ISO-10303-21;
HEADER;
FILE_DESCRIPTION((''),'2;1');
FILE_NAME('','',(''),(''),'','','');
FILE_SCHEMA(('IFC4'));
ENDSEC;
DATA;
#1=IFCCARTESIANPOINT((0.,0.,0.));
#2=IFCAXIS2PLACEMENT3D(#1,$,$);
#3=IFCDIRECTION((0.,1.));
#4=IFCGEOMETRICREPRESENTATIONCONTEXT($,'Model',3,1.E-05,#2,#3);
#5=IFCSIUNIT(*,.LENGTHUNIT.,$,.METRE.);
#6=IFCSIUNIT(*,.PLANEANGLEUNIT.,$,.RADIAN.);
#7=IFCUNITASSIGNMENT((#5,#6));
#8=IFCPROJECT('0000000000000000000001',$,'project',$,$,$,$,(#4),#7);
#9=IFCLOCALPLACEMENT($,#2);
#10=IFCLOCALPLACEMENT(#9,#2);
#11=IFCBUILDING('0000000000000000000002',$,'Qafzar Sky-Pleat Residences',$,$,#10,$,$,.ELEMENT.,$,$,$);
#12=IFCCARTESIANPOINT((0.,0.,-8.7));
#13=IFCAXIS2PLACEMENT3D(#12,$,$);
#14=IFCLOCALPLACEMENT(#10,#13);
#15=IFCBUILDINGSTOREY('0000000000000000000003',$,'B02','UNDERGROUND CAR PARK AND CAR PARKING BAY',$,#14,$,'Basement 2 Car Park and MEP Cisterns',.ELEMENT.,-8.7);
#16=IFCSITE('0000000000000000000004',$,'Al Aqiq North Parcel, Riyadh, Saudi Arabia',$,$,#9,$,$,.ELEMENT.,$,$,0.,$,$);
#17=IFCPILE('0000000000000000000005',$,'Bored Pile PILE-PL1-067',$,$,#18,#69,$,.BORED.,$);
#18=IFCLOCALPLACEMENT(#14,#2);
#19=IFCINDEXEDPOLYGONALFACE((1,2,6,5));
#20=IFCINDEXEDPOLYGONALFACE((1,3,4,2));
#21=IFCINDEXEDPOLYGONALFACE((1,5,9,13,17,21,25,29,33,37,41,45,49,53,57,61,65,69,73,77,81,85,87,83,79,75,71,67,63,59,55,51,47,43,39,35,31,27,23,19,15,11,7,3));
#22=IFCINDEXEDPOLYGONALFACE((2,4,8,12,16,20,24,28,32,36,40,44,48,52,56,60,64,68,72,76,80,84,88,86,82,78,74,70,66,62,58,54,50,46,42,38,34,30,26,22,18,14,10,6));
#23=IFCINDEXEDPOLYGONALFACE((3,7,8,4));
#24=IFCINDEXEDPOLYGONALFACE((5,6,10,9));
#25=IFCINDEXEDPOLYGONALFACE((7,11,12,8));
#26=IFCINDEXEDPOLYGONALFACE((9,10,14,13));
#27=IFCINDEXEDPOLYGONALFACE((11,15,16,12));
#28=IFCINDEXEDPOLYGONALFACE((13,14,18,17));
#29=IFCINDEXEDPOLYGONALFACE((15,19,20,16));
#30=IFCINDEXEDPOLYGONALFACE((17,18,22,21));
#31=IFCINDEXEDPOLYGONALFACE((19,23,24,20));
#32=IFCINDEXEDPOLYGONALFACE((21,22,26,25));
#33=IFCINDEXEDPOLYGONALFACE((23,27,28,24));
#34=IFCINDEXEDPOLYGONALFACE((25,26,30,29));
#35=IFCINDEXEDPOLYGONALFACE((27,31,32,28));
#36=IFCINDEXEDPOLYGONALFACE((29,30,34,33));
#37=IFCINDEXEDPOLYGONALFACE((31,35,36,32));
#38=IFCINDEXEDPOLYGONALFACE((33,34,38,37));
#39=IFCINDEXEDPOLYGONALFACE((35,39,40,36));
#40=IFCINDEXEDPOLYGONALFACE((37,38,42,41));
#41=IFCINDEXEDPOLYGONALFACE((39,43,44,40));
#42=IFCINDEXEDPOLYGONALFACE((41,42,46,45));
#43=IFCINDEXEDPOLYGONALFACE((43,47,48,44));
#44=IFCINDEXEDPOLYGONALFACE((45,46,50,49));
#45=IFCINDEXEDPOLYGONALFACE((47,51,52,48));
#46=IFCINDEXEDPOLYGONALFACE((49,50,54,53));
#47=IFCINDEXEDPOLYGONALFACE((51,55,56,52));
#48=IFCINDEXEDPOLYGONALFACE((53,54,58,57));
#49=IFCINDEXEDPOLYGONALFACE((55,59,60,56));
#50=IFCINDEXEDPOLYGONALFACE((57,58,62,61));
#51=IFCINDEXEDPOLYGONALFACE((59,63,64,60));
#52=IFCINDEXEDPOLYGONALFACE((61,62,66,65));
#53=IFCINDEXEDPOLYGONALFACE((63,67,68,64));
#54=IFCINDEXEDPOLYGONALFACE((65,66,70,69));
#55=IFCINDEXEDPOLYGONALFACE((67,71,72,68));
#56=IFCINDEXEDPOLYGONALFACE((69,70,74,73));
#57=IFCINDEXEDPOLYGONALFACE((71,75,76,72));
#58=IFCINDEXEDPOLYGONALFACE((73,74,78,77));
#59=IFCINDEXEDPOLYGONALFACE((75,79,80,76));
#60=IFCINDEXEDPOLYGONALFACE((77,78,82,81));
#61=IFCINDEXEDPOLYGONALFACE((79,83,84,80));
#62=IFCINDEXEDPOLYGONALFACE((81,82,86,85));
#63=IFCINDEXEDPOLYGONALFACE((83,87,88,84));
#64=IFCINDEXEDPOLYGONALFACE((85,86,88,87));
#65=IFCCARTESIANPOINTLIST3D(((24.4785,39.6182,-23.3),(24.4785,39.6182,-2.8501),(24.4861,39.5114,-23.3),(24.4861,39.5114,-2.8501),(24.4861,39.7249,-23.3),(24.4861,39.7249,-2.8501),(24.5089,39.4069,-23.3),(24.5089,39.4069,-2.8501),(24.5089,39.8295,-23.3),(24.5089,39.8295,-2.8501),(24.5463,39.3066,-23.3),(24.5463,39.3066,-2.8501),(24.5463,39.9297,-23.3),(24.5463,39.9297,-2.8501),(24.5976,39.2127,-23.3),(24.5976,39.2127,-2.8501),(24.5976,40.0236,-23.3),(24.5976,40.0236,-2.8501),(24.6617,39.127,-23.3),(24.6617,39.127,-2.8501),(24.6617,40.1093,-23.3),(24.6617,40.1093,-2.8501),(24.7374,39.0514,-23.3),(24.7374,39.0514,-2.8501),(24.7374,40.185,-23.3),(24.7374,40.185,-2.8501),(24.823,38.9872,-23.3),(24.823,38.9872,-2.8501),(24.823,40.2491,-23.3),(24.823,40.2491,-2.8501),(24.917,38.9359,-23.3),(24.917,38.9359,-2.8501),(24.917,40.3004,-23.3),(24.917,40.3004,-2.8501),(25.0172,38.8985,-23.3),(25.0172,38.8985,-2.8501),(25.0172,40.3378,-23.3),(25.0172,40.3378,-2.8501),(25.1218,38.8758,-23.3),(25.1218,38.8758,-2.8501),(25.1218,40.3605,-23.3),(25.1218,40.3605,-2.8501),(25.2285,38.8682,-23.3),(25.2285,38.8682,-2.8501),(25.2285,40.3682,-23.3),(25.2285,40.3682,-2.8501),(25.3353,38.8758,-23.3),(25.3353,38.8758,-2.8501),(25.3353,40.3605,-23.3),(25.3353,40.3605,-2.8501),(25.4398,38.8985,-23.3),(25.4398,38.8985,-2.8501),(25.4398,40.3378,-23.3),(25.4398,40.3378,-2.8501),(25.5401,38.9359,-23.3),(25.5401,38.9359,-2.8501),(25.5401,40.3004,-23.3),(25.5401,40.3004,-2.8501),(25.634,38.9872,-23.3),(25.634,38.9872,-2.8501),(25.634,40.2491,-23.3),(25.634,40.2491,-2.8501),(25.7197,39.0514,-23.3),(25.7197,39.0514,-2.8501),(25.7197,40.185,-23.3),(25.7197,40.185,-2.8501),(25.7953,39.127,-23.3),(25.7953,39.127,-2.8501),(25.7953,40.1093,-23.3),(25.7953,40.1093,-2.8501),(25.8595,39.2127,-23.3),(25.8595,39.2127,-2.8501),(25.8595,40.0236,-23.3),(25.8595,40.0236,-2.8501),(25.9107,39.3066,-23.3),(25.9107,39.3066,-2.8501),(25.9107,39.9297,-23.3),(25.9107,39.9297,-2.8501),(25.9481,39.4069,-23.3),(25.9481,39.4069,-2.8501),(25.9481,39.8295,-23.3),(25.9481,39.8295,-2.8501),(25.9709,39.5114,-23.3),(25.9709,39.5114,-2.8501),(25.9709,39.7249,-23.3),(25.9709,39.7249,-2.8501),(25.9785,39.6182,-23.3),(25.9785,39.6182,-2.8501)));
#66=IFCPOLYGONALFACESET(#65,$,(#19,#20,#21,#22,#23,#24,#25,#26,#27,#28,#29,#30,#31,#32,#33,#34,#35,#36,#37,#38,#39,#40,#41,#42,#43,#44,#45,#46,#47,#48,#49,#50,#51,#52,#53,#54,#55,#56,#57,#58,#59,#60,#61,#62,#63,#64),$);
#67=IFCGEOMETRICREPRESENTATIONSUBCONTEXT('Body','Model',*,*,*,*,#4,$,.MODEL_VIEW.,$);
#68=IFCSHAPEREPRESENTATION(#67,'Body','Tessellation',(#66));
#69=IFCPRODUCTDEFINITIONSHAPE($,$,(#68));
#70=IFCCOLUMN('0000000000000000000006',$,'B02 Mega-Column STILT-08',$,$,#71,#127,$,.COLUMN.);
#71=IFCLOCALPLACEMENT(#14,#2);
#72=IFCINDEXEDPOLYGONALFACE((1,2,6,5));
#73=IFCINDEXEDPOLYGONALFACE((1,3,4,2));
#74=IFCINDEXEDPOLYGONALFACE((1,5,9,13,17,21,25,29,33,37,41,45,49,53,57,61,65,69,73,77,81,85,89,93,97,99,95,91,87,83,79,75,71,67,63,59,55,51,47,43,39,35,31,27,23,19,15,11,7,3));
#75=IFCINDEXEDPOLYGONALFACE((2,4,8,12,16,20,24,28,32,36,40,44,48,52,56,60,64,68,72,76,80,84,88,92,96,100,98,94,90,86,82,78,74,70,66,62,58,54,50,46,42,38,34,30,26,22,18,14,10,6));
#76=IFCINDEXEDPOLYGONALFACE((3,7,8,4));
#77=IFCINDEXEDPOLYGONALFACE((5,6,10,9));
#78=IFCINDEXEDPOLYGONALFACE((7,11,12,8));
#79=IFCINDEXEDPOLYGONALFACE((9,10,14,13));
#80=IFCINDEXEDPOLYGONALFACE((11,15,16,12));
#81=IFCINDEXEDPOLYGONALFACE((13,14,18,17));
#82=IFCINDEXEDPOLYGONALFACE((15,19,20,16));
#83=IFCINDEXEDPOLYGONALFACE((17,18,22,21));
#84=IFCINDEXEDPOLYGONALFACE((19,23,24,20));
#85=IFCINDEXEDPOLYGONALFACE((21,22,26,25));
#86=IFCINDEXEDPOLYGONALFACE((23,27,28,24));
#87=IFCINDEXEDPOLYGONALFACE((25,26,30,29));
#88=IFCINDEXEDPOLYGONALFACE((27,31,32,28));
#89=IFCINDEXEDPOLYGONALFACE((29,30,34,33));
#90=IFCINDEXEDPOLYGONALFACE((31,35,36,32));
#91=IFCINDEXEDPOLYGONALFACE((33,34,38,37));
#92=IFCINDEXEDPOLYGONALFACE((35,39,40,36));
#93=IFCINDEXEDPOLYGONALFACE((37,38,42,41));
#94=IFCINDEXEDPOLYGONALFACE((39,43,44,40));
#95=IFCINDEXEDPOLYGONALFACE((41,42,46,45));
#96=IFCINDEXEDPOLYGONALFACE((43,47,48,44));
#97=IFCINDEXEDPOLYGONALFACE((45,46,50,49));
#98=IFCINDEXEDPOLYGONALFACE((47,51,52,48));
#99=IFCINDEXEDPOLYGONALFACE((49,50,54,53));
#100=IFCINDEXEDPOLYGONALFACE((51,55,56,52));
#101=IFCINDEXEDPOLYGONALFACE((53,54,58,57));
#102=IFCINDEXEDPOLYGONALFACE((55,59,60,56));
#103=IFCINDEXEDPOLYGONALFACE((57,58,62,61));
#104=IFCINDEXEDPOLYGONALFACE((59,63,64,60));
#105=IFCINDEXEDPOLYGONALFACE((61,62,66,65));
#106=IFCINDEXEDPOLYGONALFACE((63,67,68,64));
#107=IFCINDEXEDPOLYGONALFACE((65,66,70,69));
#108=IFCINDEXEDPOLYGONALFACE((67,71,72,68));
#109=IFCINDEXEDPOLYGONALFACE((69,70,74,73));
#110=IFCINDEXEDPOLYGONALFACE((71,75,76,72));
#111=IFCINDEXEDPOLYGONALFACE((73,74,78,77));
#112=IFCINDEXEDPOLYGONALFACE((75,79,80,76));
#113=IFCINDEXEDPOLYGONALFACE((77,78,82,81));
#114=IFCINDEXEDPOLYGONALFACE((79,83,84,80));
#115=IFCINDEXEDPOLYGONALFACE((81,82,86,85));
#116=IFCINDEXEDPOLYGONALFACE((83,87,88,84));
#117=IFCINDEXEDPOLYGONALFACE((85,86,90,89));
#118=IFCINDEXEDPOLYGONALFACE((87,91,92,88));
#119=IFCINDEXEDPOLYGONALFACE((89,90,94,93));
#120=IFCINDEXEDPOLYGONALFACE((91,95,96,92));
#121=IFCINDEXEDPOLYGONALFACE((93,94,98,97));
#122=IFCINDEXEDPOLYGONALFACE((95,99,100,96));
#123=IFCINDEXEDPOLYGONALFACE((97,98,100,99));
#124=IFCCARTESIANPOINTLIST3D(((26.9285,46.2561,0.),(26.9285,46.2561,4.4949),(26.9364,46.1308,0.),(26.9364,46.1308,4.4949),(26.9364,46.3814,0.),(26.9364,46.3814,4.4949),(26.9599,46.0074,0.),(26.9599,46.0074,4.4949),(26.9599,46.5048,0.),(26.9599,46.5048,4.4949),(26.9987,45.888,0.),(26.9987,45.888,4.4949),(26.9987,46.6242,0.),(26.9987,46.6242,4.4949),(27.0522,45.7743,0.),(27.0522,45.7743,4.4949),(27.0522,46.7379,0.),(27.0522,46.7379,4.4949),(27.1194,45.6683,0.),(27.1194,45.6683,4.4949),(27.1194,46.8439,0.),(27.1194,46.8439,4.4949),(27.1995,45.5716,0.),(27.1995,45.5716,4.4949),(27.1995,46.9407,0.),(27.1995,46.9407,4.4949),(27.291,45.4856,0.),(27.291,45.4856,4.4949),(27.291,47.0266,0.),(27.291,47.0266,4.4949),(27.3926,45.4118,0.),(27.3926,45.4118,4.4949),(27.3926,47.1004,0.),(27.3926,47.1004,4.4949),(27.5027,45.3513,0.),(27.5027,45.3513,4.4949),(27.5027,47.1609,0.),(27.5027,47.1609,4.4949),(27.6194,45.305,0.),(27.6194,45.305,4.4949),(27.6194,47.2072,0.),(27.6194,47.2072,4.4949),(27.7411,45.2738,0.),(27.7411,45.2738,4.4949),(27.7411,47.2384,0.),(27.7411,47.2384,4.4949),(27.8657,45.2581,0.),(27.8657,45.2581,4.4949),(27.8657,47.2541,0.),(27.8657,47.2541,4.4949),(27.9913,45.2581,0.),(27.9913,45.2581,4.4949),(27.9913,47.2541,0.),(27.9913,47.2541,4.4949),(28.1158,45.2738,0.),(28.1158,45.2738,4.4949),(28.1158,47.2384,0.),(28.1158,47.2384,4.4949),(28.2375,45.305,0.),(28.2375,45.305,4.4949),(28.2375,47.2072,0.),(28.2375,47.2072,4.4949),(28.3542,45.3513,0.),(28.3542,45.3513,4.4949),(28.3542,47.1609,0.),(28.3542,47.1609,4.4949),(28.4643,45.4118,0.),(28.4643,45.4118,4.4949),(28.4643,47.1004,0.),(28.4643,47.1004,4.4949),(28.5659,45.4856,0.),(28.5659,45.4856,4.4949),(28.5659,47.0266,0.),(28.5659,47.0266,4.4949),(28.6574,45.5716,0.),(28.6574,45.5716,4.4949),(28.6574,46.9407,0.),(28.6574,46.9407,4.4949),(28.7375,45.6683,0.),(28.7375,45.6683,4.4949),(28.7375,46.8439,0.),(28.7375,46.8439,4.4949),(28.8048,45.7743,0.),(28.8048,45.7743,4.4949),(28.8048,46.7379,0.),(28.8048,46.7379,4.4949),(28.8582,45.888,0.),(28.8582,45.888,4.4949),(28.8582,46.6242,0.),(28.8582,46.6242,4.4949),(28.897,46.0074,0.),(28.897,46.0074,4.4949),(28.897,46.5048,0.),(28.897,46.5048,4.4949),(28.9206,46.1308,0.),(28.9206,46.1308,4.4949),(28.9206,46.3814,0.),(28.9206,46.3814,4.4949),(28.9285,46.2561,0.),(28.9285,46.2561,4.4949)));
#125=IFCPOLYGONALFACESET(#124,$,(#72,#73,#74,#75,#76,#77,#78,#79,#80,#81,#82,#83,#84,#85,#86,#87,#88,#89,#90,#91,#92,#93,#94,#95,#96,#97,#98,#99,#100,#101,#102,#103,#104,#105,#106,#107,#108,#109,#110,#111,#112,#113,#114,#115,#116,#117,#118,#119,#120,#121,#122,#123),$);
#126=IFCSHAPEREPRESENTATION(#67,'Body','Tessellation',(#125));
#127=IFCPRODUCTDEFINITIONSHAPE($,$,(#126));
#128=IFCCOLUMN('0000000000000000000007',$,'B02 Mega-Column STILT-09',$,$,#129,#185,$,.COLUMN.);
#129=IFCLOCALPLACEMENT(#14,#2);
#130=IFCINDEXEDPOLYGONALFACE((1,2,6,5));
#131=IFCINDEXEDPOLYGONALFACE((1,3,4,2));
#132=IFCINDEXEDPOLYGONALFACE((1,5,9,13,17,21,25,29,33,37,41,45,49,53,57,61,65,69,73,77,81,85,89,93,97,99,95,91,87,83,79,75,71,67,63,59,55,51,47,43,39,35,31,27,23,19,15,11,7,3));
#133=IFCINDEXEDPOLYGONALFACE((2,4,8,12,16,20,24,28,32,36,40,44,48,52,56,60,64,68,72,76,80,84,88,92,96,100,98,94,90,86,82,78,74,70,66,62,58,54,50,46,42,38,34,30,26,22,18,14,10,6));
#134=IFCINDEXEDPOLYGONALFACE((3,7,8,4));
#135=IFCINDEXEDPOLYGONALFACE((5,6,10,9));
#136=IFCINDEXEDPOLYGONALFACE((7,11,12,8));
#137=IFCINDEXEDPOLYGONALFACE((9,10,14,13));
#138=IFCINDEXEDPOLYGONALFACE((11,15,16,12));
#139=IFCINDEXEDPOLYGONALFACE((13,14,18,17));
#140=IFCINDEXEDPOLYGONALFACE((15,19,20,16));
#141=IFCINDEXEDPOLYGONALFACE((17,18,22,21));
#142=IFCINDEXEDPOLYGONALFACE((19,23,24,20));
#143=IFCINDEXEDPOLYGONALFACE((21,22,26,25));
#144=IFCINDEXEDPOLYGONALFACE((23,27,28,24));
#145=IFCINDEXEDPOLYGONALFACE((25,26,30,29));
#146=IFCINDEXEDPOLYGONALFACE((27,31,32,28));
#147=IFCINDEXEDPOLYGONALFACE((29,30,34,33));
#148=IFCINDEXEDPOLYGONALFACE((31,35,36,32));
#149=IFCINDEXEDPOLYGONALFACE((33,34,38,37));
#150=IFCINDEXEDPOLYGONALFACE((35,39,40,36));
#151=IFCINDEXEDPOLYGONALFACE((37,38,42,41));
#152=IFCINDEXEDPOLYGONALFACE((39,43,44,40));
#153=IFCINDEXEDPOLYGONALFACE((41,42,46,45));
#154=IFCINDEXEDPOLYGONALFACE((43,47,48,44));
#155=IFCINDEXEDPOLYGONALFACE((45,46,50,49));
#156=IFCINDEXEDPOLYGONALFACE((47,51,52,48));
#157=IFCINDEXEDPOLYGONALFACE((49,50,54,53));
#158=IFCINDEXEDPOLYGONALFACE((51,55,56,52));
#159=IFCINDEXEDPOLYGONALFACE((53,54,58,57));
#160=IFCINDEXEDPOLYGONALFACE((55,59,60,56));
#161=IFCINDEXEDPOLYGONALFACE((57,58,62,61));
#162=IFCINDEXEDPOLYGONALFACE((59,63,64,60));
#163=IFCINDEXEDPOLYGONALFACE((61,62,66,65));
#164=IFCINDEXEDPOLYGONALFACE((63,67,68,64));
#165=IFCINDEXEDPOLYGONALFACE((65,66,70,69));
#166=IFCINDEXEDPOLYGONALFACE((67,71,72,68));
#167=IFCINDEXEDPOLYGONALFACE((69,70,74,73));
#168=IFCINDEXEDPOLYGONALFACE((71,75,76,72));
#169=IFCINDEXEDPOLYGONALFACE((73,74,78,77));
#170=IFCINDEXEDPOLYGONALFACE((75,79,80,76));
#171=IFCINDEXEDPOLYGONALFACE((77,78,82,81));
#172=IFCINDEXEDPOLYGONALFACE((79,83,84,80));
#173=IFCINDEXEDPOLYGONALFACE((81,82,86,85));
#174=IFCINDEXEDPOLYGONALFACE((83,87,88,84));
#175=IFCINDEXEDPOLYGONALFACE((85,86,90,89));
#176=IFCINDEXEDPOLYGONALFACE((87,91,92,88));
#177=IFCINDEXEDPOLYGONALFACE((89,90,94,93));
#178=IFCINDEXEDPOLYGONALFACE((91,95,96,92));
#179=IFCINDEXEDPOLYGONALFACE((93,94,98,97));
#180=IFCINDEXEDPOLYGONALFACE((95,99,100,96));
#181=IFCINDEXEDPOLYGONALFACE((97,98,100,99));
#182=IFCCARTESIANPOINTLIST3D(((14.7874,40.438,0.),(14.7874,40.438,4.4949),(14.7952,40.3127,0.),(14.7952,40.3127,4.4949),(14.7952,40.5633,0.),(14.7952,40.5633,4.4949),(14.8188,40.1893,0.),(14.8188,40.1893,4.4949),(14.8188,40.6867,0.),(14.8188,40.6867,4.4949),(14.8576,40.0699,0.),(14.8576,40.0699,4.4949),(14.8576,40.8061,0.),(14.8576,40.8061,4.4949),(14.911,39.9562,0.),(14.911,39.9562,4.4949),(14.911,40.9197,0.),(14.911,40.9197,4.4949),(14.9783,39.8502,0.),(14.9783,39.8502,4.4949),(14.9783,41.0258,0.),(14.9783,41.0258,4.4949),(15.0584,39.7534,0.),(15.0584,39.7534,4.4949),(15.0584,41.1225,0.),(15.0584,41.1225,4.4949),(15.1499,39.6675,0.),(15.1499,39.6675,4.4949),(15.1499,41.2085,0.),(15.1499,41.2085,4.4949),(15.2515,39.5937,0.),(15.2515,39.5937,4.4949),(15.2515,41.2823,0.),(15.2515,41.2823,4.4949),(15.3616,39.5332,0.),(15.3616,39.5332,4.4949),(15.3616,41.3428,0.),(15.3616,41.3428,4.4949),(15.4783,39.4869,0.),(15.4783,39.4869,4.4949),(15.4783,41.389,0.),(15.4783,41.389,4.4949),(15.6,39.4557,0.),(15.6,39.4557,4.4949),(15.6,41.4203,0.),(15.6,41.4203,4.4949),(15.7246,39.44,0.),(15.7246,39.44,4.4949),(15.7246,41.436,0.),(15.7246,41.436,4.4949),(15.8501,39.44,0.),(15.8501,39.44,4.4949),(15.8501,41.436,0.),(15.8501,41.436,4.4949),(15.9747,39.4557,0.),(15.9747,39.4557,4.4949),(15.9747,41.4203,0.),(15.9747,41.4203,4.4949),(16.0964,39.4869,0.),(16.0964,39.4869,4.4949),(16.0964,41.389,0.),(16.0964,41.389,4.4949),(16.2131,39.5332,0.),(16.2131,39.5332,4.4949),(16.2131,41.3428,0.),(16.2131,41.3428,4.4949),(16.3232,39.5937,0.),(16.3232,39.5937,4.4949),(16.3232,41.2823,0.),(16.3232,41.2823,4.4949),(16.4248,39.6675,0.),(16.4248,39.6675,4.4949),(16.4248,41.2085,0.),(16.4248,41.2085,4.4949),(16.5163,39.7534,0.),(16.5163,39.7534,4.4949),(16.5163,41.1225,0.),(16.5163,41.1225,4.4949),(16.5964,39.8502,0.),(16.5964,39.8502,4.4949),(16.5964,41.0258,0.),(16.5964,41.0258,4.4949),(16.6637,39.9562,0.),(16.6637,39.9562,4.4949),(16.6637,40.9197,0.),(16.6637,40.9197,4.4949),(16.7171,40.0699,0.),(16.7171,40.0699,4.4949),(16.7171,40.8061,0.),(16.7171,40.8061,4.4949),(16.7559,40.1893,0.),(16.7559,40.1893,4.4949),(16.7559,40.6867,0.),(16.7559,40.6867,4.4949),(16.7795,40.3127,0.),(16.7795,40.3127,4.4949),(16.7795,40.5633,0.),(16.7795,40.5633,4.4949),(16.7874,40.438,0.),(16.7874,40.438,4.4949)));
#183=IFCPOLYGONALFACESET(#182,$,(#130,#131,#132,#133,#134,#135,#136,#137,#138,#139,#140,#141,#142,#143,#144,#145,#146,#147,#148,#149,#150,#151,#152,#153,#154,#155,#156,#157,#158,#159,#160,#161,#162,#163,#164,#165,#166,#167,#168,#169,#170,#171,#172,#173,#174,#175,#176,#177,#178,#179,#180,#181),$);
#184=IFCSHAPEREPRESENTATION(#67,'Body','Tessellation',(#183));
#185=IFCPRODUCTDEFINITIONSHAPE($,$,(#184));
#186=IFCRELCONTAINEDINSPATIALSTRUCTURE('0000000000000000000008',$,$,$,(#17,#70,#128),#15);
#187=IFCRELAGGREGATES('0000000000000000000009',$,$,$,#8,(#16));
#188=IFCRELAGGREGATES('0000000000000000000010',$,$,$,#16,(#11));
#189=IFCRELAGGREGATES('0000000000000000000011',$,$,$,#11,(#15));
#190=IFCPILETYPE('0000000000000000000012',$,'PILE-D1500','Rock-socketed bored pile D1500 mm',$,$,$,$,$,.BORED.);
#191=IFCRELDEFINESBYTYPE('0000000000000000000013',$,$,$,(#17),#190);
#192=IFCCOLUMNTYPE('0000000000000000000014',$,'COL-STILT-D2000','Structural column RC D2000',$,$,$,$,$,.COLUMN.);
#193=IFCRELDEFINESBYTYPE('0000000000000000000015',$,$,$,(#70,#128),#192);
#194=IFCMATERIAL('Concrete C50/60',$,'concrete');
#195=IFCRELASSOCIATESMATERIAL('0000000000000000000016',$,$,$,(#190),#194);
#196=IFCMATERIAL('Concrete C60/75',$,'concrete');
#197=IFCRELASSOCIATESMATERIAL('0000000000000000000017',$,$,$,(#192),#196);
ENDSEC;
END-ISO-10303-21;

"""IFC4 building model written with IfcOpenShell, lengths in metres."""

from ifc_helpers import new_model, si_unit, direction, frame, origin, origin_2d, place, context, subcontext, project, spatial, circle, extrude, source, transform, mapped, material, material_profile, profile_set, type_object, element, save


model = new_model("IFC4")

# Units and contexts
model_context = context("Model", 3, precision=1e-05, world=origin(), true_north=direction((0.0, 1.0)))
body_context = subcontext(model_context, "Body", "Model", "MODEL_VIEW")
ifc_project = project(units=[si_unit("LENGTHUNIT", "METRE"), si_unit("PLANEANGLEUNIT", "RADIAN")], contexts=[model_context])

# Site, building, storey
site_placement = place(None, origin())
site = spatial("IfcSite", under=ifc_project, at=site_placement, Name="Al Aqiq North Parcel, Riyadh, Saudi Arabia", CompositionType="ELEMENT", RefElevation=0.0)
building_placement = place(site_placement, origin())
building = spatial("IfcBuilding", under=site, at=building_placement, Name="Qafzar Sky-Pleat Residences", CompositionType="ELEMENT")
storey_placement = place(building_placement, frame((0.0, 0.0, -8.7)))
storey = spatial("IfcBuildingStorey", under=building, at=storey_placement, Name="B02", Description="UNDERGROUND CAR PARK AND CAR PARKING BAY", LongName="Basement 2 Car Park and MEP Cisterns", CompositionType="ELEMENT", Elevation=-8.7)

# Pile
ifc_material_1 = material(Name="Concrete C50/60", Category="concrete")
ifc_material_profile_1 = material_profile(ifc_material_1, circle(Radius=0.75, at=origin_2d()), Name="PILE D1500")
ifc_profile_set_1 = profile_set([ifc_material_profile_1], Name="Concrete C50/60")
pile_type_1 = type_object("IfcPileType", Name="PILE-D1500", Description="Rock-socketed bored pile D1500 mm", PredefinedType="BORED", material=ifc_profile_set_1)
shared_shape_1 = source(origin(), body_context, "Body", "SweptSolid", [
    extrude(circle(Radius=0.75, at=origin_2d()), origin(), (0.0, 0.0, 1.0), 20.45),
])
for number, where, z_axis, x_axis, name in (
    (1, (25.2285, 39.6182, -2.8501), (0.0, 0.0, -1.0), (1.0, 0.0, 0.0), "Bored Pile PILE-PL1-067"),
):
    element("IfcPile", number, at=place(storey_placement, frame(where, z_axis=z_axis, x_axis=x_axis)), inside=storey, type_object=pile_type_1, Name=name, PredefinedType="BORED", context=body_context, shape_type="MappedRepresentation", body=[
        mapped(shared_shape_1, transform((0.0, 0.0, 0.0), x_axis=(1.0, 0.0, 0.0), y_axis=(0.0, 1.0, 0.0), z_axis=(0.0, 0.0, 1.0), scale=1.0)),
    ])

# Columns
ifc_material_2 = material(Name="Concrete C60/75", Category="concrete")
ifc_material_profile_2 = material_profile(ifc_material_2, circle(Radius=1.0, at=origin_2d()), Name="RC D2000")
ifc_profile_set_2 = profile_set([ifc_material_profile_2], Name="Concrete C60/75")
column_type_1 = type_object("IfcColumnType", Name="COL-STILT-D2000", Description="Structural column RC D2000", PredefinedType="COLUMN", material=ifc_profile_set_2)
shared_shape_2 = source(origin(), body_context, "Body", "SweptSolid", [
    extrude(circle(Radius=1.0, at=origin_2d()), origin(), (0.0, 0.0, 1.0), 4.4949),
])
for number, where, z_axis, x_axis, name in (
    (2, (27.9285, 46.2561, 0.0), (0.0, 0.0, 1.0), (1.0, 0.0, 0.0), "B02 Mega-Column STILT-08"),
    (3, (15.7874, 40.438, 0.0), (0.0, 0.0, 1.0), (1.0, 0.0, 0.0), "B02 Mega-Column STILT-09"),
):
    element("IfcColumn", number, at=place(storey_placement, frame(where, z_axis=z_axis, x_axis=x_axis)), inside=storey, type_object=column_type_1, Name=name, PredefinedType="COLUMN", context=body_context, shape_type="MappedRepresentation", body=[
        mapped(shared_shape_2, transform((0.0, 0.0, 0.0), x_axis=(1.0, 0.0, 0.0), y_axis=(0.0, 1.0, 0.0), z_axis=(0.0, 0.0, 1.0), scale=1.0)),
    ])

save(model, "model.ifc")
